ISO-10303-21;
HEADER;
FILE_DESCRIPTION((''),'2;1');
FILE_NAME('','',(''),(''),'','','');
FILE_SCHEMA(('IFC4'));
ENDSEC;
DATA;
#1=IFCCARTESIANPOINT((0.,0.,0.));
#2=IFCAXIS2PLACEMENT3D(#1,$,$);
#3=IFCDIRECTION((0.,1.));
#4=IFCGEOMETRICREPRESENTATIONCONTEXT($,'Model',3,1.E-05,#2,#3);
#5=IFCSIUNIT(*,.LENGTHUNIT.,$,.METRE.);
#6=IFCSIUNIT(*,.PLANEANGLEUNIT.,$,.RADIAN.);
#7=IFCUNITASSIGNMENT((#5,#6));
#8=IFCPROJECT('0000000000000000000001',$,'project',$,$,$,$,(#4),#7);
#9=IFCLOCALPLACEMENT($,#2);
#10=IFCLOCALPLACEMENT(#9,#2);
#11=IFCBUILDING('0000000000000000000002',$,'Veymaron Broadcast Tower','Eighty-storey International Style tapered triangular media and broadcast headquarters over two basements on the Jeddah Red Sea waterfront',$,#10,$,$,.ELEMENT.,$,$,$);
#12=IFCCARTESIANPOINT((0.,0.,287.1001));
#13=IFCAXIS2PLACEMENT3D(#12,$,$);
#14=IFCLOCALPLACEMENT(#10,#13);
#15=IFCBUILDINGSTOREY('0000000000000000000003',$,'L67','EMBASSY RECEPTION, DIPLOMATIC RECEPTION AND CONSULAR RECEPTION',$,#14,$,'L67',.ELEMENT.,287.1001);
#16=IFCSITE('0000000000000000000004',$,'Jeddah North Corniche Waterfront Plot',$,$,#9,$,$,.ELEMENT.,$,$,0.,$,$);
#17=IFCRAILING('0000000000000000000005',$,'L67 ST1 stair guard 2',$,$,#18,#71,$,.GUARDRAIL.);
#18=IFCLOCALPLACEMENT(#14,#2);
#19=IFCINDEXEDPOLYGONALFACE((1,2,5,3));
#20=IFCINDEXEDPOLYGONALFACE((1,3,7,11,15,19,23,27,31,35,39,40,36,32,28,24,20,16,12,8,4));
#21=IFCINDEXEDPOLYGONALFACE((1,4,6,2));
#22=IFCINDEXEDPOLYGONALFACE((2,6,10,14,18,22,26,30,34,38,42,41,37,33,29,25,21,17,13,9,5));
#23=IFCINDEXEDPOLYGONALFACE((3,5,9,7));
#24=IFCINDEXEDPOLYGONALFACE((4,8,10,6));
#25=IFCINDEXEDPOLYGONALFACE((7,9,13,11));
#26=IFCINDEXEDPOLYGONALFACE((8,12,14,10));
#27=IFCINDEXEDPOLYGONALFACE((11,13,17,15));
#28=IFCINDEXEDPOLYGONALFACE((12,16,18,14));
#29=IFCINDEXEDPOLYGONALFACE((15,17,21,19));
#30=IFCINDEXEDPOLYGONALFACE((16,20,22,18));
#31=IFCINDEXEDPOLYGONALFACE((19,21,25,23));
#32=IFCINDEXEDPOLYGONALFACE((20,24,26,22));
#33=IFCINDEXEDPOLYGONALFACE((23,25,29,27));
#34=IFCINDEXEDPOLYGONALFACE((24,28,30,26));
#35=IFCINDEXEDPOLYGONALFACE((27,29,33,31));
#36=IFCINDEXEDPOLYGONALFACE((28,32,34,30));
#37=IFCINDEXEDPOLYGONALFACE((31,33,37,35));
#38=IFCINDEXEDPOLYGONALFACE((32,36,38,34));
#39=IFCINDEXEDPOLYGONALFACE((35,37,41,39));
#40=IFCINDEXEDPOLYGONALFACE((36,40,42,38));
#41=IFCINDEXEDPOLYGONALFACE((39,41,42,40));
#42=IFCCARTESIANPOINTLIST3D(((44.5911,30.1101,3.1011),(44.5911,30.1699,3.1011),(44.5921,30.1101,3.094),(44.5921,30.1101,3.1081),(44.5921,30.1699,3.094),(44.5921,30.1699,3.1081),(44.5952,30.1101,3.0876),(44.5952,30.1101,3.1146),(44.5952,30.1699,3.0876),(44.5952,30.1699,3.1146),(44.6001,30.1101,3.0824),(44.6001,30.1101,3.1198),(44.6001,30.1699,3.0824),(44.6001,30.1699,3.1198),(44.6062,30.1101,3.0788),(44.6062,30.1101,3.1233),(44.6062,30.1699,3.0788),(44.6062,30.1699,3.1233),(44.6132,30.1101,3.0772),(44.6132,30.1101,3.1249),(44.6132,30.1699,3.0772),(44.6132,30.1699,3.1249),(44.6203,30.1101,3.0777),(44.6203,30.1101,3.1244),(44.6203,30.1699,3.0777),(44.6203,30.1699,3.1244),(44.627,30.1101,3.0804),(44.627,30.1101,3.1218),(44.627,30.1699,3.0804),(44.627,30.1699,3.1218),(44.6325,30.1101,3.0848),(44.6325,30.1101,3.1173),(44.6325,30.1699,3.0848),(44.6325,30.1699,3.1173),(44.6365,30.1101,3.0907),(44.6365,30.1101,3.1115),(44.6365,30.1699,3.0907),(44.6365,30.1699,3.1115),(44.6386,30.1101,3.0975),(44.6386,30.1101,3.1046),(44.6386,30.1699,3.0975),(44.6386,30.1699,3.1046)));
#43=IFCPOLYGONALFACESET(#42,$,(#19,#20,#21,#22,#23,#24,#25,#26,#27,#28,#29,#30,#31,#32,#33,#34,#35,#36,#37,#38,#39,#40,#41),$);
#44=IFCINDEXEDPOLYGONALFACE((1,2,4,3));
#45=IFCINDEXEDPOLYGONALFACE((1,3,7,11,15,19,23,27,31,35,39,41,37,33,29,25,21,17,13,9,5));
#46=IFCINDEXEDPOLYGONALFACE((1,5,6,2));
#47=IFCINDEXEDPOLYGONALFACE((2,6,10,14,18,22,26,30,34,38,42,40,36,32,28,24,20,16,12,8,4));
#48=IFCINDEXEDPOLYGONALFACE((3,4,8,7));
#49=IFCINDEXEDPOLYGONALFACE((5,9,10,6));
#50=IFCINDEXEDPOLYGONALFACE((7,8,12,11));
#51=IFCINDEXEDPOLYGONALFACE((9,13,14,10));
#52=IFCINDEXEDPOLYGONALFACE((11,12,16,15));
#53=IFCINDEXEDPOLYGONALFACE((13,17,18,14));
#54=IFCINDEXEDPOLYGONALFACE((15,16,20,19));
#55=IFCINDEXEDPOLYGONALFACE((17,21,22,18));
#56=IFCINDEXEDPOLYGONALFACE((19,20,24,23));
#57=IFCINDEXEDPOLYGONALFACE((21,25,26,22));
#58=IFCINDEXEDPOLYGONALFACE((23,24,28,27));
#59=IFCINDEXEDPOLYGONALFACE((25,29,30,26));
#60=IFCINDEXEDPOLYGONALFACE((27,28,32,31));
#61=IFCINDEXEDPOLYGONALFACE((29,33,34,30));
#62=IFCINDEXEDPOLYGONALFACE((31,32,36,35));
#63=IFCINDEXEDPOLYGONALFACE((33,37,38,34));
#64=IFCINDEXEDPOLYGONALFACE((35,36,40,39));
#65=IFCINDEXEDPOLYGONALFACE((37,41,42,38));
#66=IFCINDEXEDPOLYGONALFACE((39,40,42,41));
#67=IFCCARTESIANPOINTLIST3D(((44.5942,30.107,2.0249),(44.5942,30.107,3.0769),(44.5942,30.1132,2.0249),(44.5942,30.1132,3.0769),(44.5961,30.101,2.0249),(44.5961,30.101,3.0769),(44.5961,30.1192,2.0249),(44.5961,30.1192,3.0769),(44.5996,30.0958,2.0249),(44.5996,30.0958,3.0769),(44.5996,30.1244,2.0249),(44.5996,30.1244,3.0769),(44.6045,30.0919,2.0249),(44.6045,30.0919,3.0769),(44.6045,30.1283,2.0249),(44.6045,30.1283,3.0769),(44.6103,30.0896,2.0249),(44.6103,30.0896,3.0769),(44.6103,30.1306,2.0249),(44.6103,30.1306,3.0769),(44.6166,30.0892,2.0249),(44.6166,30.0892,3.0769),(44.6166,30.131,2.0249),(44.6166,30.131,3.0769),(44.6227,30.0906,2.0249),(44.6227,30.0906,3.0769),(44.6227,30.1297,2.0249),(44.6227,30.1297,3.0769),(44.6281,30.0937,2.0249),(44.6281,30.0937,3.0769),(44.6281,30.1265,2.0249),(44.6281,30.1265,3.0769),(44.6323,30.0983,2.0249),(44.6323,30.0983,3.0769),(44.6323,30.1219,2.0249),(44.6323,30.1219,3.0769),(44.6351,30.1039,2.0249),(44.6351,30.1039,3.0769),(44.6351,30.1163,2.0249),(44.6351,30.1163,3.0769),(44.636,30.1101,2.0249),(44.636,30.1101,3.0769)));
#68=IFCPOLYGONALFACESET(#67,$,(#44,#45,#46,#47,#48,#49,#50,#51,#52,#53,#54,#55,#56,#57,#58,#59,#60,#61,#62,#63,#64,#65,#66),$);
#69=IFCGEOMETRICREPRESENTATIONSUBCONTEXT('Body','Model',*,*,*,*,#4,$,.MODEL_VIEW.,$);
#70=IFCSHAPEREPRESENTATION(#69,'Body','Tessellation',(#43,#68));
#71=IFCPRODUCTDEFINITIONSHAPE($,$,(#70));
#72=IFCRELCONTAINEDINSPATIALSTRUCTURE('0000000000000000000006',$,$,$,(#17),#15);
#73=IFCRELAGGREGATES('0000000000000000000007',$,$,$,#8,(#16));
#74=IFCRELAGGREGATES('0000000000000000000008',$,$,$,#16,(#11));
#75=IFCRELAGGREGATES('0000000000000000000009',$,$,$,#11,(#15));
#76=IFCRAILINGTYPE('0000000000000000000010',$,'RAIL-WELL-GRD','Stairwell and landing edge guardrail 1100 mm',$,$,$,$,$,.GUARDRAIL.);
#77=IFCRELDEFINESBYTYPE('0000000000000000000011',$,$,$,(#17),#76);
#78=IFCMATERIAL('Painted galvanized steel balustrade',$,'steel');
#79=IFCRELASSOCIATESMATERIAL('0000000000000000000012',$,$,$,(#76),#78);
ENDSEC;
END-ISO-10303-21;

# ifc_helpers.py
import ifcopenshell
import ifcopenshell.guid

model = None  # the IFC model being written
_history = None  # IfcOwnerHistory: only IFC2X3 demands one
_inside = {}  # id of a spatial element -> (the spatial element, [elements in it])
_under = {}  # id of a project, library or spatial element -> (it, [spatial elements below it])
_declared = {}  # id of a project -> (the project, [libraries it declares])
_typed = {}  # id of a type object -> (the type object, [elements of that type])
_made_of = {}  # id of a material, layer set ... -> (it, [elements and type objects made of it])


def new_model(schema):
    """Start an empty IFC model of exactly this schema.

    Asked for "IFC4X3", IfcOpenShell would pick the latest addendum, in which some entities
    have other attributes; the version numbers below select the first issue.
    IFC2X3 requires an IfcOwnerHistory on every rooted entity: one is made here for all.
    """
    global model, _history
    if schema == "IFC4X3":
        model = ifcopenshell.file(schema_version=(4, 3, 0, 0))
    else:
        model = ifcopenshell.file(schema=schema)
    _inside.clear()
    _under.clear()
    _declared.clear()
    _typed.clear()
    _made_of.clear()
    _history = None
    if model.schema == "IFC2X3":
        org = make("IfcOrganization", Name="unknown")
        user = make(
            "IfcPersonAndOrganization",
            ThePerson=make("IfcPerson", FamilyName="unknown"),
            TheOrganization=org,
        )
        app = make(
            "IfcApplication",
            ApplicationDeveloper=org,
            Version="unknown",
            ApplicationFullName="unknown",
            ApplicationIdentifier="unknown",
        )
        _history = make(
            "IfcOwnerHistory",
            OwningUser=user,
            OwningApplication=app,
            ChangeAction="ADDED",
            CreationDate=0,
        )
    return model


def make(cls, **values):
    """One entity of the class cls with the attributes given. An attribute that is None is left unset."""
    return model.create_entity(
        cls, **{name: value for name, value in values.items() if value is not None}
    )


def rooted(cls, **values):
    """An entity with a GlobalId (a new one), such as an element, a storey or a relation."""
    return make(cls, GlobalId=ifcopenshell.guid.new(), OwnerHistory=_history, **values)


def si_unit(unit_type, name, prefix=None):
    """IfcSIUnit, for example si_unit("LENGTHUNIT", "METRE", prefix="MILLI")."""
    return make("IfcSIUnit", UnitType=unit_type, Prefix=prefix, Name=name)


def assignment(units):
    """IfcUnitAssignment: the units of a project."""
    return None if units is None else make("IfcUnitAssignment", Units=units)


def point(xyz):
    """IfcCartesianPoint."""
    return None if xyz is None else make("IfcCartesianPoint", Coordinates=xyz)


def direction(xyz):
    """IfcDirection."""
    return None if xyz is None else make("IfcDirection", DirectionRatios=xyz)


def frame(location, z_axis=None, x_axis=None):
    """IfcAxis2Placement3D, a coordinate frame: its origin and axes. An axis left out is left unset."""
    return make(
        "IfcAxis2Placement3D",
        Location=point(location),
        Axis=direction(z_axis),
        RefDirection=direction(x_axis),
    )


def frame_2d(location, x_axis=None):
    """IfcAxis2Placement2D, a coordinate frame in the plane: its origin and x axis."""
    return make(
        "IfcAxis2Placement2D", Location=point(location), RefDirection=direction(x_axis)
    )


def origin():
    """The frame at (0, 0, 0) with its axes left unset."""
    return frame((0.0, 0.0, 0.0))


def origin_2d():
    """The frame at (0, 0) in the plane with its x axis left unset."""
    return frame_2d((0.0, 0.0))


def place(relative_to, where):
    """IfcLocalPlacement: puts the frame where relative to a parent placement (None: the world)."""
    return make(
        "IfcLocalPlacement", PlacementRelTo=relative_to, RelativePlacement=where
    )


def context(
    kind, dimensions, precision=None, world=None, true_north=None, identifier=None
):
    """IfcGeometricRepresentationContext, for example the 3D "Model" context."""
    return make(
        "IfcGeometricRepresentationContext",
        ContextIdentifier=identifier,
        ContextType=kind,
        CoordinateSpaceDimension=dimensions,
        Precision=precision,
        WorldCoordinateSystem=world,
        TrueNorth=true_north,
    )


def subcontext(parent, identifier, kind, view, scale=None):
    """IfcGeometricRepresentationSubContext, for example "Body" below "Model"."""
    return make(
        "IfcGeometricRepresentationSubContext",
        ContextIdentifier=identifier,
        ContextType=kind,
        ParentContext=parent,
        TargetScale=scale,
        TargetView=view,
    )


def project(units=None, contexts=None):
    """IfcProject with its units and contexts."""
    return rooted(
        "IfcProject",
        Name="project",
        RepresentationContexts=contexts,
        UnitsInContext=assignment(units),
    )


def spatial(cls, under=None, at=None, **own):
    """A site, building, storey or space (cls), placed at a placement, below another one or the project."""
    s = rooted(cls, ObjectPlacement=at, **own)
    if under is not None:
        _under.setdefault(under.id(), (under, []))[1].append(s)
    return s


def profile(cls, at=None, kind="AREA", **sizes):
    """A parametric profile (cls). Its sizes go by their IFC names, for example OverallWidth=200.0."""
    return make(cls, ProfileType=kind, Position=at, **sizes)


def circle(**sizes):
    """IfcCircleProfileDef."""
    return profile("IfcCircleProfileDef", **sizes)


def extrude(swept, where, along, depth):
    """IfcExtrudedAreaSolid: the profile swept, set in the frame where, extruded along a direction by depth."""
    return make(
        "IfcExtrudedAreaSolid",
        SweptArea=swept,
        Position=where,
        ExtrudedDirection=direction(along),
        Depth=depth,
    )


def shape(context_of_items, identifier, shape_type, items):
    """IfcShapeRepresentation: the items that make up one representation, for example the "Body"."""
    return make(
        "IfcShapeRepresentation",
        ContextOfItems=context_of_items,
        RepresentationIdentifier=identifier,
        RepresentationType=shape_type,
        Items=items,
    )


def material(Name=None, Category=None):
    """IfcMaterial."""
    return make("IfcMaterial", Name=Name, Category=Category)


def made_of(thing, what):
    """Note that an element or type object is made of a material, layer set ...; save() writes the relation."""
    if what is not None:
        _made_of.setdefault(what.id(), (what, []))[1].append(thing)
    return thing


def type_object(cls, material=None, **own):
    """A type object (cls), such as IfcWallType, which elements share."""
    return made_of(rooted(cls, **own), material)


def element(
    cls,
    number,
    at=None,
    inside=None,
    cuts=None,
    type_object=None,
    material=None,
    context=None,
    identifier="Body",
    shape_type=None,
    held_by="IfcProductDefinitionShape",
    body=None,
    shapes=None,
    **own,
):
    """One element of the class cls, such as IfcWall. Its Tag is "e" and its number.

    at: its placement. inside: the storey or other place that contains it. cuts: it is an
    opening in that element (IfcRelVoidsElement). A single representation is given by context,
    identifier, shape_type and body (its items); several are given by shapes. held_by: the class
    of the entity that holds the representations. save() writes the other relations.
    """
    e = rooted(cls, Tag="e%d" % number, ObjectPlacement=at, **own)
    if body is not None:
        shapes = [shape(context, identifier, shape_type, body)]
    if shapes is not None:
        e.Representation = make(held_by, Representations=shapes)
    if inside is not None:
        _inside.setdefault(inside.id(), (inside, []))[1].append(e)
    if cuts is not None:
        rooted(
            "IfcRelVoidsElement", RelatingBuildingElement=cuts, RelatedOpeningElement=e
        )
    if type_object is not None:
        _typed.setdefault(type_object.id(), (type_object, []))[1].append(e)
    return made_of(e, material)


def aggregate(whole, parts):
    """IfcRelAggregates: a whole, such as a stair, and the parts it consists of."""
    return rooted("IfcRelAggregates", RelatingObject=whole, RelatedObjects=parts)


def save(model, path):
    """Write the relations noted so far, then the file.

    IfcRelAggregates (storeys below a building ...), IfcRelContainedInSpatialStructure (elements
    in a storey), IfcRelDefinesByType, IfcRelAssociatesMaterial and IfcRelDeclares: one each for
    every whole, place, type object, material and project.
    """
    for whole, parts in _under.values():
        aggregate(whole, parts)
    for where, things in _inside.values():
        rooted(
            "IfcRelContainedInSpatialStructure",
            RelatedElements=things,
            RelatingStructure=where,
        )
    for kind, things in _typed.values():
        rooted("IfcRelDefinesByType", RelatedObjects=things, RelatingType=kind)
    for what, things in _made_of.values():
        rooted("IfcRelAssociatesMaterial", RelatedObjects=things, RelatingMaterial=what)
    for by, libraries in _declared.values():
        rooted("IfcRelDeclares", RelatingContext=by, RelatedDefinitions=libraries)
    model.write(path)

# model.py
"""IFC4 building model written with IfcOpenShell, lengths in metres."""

from ifc_helpers import new_model, si_unit, direction, frame, origin, origin_2d, place, context, subcontext, project, spatial, circle, extrude, material, type_object, element, save


model = new_model("IFC4")

# Units and contexts
model_context = context("Model", 3, precision=1e-05, world=origin(), true_north=direction((0.0, 1.0)))
body_context = subcontext(model_context, "Body", "Model", "MODEL_VIEW")
ifc_project = project(units=[si_unit("LENGTHUNIT", "METRE"), si_unit("PLANEANGLEUNIT", "RADIAN")], contexts=[model_context])

# Site, building, storey
site_placement = place(None, origin())
site = spatial("IfcSite", under=ifc_project, at=site_placement, Name="Jeddah North Corniche Waterfront Plot", CompositionType="ELEMENT", RefElevation=0.0)
building_placement = place(site_placement, origin())
building = spatial("IfcBuilding", under=site, at=building_placement, Name="Veymaron Broadcast Tower", Description="Eighty-storey International Style tapered triangular media and broadcast headquarters over two basements on the Jeddah Red Sea waterfront", CompositionType="ELEMENT")
storey_placement = place(building_placement, frame((0.0, 0.0, 287.1001)))
storey = spatial("IfcBuildingStorey", under=building, at=storey_placement, Name="L67", Description="EMBASSY RECEPTION, DIPLOMATIC RECEPTION AND CONSULAR RECEPTION", LongName="L67", CompositionType="ELEMENT", Elevation=287.1001)

# Railing
ifc_material_1 = material(Name="Painted galvanized steel balustrade", Category="steel")
railing_type_1 = type_object("IfcRailingType", Name="RAIL-WELL-GRD", Description="Stairwell and landing edge guardrail 1100 mm", PredefinedType="GUARDRAIL", material=ifc_material_1)
railing_1_placement = place(storey_placement, frame((44.615, 30.1101, 2.0249)))
element("IfcRailing", 1, at=railing_1_placement, inside=storey, type_object=railing_type_1, Name="L67 ST1 stair guard 2", PredefinedType="GUARDRAIL", context=body_context, shape_type="SweptSolid", body=[
    extrude(circle(Radius=0.0239, at=origin_2d()), frame((0.0, 0.0, 1.0762), z_axis=(0.0, 1.0, 0.0), x_axis=(-1.0, 0.0, 0.0)), (0.0, 0.0, 1.0), 0.0598),
    extrude(circle(Radius=0.021, at=origin_2d()), origin(), (0.0, 0.0, 1.0), 1.052),
])

save(model, "model.ifc")
